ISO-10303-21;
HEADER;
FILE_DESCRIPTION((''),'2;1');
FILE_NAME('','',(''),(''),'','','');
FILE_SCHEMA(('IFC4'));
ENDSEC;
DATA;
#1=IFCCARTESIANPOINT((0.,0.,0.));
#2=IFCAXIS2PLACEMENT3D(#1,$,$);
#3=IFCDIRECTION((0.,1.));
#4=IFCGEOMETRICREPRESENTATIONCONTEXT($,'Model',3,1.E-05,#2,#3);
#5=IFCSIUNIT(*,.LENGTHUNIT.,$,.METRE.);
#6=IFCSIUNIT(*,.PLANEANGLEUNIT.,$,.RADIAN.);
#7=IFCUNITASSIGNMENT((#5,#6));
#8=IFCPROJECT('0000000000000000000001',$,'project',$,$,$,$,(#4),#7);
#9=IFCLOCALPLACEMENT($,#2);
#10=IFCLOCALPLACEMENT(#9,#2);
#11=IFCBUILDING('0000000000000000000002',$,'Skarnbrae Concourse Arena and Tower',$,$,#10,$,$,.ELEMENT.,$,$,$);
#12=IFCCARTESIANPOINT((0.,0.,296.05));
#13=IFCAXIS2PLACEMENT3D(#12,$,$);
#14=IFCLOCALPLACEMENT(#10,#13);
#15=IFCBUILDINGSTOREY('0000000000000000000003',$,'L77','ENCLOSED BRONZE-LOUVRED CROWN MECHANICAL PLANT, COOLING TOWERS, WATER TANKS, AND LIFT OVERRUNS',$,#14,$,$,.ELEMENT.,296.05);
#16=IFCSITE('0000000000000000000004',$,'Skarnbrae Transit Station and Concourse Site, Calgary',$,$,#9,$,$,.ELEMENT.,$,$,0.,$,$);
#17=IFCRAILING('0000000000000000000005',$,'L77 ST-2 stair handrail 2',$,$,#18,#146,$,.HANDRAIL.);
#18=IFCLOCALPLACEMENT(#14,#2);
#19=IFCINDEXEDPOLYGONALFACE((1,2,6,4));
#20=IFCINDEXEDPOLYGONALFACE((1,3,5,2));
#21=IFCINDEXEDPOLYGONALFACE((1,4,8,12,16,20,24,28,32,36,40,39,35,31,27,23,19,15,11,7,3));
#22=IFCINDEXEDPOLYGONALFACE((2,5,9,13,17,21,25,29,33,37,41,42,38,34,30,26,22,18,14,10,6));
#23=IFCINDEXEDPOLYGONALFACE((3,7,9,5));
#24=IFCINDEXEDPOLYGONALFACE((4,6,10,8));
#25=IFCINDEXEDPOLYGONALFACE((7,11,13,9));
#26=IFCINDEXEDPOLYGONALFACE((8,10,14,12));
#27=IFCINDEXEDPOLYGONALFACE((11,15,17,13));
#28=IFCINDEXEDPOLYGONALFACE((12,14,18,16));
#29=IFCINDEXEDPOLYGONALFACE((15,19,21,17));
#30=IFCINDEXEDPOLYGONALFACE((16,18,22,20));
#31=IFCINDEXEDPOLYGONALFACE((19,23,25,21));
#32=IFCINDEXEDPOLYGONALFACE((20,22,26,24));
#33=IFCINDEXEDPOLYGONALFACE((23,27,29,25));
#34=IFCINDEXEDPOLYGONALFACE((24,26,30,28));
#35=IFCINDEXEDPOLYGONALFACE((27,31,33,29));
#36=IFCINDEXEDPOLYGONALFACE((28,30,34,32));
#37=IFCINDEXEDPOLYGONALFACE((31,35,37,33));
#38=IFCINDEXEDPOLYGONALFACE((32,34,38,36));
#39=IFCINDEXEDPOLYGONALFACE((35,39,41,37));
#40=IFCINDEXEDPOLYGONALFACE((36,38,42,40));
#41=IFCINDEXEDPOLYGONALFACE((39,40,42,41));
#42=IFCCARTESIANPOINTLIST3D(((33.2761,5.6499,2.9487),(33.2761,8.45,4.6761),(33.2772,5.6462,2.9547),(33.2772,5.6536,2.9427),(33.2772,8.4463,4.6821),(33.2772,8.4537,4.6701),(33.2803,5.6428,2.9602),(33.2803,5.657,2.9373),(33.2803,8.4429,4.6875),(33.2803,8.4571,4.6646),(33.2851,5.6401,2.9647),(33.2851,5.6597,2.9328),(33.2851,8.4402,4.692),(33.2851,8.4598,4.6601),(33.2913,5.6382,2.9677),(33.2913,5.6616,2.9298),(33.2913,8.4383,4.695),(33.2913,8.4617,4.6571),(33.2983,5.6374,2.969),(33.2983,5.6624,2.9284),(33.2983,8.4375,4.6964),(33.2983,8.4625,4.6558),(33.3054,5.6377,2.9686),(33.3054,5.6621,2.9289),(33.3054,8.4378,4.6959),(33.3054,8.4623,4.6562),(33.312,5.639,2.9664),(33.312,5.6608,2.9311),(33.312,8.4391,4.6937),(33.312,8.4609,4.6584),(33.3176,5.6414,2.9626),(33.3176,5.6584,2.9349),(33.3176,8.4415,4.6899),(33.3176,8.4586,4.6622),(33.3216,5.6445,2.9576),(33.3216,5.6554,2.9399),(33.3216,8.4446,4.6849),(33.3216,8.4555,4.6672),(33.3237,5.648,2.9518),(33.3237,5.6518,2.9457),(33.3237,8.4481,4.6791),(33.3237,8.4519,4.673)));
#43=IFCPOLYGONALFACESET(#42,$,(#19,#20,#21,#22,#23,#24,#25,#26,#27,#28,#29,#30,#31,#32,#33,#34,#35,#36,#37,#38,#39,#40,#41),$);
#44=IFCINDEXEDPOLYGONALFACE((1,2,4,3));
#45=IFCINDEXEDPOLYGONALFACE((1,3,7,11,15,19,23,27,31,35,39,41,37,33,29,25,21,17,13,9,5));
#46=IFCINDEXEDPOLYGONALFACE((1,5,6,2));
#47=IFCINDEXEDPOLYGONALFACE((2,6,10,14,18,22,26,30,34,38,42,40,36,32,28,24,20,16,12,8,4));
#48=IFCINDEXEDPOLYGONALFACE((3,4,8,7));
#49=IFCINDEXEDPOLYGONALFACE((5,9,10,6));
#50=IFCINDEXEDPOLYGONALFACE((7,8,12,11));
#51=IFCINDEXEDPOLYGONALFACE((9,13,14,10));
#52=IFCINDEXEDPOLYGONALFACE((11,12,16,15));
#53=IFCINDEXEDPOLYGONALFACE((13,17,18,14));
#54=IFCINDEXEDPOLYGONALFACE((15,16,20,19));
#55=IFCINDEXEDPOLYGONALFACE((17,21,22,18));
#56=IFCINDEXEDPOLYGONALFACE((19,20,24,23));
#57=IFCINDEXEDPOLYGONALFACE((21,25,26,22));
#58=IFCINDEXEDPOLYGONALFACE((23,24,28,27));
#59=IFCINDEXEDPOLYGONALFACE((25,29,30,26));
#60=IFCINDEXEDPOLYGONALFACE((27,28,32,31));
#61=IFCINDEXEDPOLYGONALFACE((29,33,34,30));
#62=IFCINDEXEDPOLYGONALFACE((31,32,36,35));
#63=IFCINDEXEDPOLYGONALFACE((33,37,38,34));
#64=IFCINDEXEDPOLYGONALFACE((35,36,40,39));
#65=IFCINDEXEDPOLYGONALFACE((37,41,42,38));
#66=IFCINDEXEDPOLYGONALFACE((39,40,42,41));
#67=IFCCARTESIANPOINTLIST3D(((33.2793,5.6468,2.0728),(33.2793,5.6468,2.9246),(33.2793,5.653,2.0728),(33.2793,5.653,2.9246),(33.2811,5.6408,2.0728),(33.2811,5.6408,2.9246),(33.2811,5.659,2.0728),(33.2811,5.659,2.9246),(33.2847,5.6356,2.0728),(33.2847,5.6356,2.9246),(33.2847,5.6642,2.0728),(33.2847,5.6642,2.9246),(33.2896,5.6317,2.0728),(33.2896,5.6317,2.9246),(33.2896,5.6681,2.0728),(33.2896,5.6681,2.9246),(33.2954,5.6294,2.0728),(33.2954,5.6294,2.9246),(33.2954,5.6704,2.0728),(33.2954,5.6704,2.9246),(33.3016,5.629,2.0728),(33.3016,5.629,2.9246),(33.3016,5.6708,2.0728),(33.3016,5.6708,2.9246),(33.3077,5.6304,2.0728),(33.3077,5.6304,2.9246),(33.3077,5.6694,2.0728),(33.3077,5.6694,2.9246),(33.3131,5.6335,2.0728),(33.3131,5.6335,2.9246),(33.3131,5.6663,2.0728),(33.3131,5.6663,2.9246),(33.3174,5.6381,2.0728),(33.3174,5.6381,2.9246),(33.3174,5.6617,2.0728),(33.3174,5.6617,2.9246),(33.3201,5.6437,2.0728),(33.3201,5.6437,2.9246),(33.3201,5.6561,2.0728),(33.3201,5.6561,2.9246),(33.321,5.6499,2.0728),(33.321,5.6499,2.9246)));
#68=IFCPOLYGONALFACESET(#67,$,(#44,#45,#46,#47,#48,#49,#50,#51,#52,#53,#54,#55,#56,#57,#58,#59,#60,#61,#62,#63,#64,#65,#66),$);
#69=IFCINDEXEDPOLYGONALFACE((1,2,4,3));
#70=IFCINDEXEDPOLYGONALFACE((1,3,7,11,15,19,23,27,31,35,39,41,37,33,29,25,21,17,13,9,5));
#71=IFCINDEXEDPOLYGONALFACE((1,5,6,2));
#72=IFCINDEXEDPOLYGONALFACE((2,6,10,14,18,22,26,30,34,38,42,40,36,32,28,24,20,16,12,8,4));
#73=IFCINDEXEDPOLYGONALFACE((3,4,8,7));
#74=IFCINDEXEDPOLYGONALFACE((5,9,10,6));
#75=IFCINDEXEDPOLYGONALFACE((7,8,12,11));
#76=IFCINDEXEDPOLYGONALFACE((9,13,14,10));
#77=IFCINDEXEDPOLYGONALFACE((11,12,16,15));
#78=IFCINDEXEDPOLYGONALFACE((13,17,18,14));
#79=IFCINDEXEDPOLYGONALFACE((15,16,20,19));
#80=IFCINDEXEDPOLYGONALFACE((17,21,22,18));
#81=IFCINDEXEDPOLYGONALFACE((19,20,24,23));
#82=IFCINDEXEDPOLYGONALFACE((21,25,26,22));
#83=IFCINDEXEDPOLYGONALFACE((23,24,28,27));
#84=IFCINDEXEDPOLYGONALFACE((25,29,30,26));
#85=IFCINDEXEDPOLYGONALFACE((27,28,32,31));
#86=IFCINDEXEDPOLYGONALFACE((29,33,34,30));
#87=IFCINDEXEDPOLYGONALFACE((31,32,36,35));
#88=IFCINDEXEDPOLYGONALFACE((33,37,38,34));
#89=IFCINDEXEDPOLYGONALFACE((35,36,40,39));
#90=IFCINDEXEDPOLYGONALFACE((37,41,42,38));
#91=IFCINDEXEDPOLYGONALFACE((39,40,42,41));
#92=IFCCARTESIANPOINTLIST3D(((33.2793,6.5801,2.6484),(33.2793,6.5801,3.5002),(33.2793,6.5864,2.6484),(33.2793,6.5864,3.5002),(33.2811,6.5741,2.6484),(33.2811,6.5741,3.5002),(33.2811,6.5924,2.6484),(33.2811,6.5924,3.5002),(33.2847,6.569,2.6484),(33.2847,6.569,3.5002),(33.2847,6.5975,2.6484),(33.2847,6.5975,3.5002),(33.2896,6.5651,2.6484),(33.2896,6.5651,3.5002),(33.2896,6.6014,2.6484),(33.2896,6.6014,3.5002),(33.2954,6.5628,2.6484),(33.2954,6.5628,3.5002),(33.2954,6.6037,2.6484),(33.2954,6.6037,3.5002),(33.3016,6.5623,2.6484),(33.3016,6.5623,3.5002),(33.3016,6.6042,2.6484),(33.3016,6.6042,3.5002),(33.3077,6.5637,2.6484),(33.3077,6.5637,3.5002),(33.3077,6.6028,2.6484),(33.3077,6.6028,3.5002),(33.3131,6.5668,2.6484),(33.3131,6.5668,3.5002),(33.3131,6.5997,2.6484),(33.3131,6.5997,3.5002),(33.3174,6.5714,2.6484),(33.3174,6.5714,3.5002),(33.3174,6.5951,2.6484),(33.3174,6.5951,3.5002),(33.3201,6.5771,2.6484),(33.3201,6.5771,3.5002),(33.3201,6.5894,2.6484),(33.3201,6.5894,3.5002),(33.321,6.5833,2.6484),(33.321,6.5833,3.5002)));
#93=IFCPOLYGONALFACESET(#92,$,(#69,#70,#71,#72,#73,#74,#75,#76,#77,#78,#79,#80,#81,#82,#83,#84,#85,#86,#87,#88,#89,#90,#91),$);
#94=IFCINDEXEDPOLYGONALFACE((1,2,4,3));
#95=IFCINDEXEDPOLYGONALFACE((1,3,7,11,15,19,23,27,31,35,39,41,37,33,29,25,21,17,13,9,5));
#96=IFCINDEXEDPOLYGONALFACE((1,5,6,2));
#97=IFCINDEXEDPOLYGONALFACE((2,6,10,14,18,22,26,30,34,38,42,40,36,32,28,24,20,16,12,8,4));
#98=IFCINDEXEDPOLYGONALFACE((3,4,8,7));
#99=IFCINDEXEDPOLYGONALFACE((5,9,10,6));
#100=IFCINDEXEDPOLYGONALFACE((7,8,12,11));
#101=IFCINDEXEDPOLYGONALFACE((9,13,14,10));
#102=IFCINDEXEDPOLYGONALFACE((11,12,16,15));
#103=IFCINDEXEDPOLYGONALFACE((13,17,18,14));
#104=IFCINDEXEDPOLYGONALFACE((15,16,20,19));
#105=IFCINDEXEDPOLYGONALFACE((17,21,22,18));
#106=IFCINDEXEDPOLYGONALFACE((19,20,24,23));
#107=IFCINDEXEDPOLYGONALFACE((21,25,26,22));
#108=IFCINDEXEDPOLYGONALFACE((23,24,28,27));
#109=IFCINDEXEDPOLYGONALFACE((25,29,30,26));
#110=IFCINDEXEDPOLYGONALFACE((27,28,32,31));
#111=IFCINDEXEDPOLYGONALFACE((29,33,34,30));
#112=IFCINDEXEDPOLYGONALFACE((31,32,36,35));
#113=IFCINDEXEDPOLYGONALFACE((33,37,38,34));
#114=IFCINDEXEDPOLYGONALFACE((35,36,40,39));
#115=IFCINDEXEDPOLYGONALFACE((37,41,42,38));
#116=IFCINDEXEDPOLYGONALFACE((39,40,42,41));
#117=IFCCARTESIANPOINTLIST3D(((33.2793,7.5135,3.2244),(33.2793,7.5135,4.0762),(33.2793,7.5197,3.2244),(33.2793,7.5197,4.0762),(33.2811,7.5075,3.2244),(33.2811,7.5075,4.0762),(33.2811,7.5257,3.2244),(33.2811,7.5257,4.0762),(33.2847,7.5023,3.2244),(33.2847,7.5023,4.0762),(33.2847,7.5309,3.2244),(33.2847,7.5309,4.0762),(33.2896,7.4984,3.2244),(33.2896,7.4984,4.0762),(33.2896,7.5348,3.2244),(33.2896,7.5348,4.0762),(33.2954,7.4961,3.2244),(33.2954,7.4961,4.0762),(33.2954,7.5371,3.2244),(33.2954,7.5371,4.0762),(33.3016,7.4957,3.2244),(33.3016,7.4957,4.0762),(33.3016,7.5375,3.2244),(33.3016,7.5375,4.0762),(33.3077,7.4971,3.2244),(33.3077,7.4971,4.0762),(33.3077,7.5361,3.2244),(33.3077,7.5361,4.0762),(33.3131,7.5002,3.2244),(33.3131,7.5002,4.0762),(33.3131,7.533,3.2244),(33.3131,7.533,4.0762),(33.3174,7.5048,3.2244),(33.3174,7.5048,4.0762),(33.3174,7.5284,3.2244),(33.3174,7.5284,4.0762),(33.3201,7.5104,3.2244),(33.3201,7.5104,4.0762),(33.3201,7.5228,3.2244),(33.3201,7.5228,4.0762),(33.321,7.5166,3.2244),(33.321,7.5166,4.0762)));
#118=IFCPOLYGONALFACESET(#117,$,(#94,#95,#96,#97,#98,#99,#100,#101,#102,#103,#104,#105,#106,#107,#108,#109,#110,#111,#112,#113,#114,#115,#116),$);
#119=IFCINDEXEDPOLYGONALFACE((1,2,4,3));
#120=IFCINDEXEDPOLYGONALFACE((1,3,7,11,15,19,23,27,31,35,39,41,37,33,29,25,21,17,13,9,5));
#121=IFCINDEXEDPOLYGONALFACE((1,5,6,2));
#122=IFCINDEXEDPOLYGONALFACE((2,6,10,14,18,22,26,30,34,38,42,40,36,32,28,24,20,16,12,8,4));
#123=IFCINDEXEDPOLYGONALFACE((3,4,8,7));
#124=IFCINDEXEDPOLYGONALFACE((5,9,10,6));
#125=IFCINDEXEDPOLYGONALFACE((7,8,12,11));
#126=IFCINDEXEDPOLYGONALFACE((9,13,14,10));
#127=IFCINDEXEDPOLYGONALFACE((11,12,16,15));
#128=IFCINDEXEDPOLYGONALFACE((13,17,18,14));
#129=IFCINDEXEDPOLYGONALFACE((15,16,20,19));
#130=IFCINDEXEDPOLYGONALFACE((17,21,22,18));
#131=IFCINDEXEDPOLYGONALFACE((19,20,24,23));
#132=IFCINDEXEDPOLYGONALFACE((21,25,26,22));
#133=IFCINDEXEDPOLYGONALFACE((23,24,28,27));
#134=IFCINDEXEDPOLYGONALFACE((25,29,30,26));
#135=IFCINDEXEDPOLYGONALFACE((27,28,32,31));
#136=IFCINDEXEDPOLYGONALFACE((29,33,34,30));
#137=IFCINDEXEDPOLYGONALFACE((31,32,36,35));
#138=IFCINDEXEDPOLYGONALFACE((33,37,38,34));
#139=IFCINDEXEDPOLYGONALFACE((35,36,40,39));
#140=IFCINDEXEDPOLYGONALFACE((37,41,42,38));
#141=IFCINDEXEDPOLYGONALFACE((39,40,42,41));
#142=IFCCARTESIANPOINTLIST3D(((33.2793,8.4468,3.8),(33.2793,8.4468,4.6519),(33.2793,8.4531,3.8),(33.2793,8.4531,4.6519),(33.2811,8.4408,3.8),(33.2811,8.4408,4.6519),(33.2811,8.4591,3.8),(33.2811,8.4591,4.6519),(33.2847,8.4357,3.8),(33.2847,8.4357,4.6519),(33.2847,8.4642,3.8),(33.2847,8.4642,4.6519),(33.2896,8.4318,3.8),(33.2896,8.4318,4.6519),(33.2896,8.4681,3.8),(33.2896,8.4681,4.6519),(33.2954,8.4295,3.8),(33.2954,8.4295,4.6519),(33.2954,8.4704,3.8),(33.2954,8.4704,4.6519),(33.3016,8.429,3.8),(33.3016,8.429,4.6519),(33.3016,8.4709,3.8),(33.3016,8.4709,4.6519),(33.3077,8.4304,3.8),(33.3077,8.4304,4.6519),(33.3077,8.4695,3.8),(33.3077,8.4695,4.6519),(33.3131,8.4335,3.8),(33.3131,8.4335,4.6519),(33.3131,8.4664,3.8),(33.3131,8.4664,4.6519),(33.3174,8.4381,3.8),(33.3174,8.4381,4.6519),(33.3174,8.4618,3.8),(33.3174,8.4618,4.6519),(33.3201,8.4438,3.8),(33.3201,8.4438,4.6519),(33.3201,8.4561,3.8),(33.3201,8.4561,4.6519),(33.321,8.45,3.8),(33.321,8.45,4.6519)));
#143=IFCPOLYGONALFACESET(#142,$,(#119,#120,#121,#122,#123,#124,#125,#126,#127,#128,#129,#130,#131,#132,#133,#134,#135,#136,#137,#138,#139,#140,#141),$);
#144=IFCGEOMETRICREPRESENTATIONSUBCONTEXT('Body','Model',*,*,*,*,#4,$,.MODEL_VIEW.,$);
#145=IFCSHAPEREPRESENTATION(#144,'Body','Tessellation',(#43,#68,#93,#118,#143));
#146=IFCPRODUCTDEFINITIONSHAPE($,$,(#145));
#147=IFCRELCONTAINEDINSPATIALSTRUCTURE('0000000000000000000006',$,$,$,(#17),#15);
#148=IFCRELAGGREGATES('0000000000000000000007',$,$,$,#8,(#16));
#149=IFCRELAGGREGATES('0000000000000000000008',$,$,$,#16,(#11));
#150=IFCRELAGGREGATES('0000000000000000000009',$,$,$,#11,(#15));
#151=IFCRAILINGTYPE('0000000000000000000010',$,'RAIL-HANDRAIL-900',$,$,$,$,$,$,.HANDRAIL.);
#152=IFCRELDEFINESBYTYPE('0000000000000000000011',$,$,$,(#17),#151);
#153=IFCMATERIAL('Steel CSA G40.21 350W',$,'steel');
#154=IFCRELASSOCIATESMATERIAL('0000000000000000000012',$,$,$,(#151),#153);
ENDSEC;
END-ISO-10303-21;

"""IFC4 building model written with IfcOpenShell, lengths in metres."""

from ifc_helpers import new_model, si_unit, direction, frame, origin, origin_2d, place, context, subcontext, project, spatial, circle, extrude, material, type_object, element, save


model = new_model("IFC4")

# Units and contexts
model_context = context("Model", 3, precision=1e-05, world=origin(), true_north=direction((0.0, 1.0)))
body_context = subcontext(model_context, "Body", "Model", "MODEL_VIEW")
ifc_project = project(units=[si_unit("LENGTHUNIT", "METRE"), si_unit("PLANEANGLEUNIT", "RADIAN")], contexts=[model_context])

# Site, building, storey
site_placement = place(None, origin())
site = spatial("IfcSite", under=ifc_project, at=site_placement, Name="Skarnbrae Transit Station and Concourse Site, Calgary", CompositionType="ELEMENT", RefElevation=0.0)
building_placement = place(site_placement, origin())
building = spatial("IfcBuilding", under=site, at=building_placement, Name="Skarnbrae Concourse Arena and Tower", CompositionType="ELEMENT")
storey_placement = place(building_placement, frame((0.0, 0.0, 296.05)))
storey = spatial("IfcBuildingStorey", under=building, at=storey_placement, Name="L77", Description="ENCLOSED BRONZE-LOUVRED CROWN MECHANICAL PLANT, COOLING TOWERS, WATER TANKS, AND LIFT OVERRUNS", CompositionType="ELEMENT", Elevation=296.05)

# Shared definitions
ifc_material_1 = material(Name="Steel CSA G40.21 350W", Category="steel")

# Railing
railing_type_1 = type_object("IfcRailingType", Name="RAIL-HANDRAIL-900", PredefinedType="HANDRAIL", material=ifc_material_1)
railing_1_placement = place(storey_placement, frame((33.3, 5.6499, 2.0728)))
element("IfcRailing", 1, at=railing_1_placement, inside=storey, type_object=railing_type_1, Name="L77 ST-2 stair handrail 2", PredefinedType="HANDRAIL", context=body_context, shape_type="SweptSolid", body=[
    extrude(circle(Radius=0.0239, at=origin_2d()), frame((0.0, 0.0, 0.876), z_axis=(0.0, 0.85109, 0.52502), x_axis=(-1.0, 0.0, 0.0)), (0.0, 0.0, 1.0), 3.29),
    extrude(circle(Radius=0.021, at=origin_2d()), origin(), (0.0, 0.0, 1.0), 0.8518),
    extrude(circle(Radius=0.021, at=origin_2d()), frame((0.0, 0.9333, 0.5757)), (0.0, 0.0, 1.0), 0.8518),
    extrude(circle(Radius=0.021, at=origin_2d()), frame((0.0, 1.8667, 1.1516)), (0.0, 0.0, 1.0), 0.8518),
    extrude(circle(Radius=0.021, at=origin_2d()), frame((0.0, 2.8, 1.7273)), (0.0, 0.0, 1.0), 0.8518),
])

save(model, "model.ifc")
